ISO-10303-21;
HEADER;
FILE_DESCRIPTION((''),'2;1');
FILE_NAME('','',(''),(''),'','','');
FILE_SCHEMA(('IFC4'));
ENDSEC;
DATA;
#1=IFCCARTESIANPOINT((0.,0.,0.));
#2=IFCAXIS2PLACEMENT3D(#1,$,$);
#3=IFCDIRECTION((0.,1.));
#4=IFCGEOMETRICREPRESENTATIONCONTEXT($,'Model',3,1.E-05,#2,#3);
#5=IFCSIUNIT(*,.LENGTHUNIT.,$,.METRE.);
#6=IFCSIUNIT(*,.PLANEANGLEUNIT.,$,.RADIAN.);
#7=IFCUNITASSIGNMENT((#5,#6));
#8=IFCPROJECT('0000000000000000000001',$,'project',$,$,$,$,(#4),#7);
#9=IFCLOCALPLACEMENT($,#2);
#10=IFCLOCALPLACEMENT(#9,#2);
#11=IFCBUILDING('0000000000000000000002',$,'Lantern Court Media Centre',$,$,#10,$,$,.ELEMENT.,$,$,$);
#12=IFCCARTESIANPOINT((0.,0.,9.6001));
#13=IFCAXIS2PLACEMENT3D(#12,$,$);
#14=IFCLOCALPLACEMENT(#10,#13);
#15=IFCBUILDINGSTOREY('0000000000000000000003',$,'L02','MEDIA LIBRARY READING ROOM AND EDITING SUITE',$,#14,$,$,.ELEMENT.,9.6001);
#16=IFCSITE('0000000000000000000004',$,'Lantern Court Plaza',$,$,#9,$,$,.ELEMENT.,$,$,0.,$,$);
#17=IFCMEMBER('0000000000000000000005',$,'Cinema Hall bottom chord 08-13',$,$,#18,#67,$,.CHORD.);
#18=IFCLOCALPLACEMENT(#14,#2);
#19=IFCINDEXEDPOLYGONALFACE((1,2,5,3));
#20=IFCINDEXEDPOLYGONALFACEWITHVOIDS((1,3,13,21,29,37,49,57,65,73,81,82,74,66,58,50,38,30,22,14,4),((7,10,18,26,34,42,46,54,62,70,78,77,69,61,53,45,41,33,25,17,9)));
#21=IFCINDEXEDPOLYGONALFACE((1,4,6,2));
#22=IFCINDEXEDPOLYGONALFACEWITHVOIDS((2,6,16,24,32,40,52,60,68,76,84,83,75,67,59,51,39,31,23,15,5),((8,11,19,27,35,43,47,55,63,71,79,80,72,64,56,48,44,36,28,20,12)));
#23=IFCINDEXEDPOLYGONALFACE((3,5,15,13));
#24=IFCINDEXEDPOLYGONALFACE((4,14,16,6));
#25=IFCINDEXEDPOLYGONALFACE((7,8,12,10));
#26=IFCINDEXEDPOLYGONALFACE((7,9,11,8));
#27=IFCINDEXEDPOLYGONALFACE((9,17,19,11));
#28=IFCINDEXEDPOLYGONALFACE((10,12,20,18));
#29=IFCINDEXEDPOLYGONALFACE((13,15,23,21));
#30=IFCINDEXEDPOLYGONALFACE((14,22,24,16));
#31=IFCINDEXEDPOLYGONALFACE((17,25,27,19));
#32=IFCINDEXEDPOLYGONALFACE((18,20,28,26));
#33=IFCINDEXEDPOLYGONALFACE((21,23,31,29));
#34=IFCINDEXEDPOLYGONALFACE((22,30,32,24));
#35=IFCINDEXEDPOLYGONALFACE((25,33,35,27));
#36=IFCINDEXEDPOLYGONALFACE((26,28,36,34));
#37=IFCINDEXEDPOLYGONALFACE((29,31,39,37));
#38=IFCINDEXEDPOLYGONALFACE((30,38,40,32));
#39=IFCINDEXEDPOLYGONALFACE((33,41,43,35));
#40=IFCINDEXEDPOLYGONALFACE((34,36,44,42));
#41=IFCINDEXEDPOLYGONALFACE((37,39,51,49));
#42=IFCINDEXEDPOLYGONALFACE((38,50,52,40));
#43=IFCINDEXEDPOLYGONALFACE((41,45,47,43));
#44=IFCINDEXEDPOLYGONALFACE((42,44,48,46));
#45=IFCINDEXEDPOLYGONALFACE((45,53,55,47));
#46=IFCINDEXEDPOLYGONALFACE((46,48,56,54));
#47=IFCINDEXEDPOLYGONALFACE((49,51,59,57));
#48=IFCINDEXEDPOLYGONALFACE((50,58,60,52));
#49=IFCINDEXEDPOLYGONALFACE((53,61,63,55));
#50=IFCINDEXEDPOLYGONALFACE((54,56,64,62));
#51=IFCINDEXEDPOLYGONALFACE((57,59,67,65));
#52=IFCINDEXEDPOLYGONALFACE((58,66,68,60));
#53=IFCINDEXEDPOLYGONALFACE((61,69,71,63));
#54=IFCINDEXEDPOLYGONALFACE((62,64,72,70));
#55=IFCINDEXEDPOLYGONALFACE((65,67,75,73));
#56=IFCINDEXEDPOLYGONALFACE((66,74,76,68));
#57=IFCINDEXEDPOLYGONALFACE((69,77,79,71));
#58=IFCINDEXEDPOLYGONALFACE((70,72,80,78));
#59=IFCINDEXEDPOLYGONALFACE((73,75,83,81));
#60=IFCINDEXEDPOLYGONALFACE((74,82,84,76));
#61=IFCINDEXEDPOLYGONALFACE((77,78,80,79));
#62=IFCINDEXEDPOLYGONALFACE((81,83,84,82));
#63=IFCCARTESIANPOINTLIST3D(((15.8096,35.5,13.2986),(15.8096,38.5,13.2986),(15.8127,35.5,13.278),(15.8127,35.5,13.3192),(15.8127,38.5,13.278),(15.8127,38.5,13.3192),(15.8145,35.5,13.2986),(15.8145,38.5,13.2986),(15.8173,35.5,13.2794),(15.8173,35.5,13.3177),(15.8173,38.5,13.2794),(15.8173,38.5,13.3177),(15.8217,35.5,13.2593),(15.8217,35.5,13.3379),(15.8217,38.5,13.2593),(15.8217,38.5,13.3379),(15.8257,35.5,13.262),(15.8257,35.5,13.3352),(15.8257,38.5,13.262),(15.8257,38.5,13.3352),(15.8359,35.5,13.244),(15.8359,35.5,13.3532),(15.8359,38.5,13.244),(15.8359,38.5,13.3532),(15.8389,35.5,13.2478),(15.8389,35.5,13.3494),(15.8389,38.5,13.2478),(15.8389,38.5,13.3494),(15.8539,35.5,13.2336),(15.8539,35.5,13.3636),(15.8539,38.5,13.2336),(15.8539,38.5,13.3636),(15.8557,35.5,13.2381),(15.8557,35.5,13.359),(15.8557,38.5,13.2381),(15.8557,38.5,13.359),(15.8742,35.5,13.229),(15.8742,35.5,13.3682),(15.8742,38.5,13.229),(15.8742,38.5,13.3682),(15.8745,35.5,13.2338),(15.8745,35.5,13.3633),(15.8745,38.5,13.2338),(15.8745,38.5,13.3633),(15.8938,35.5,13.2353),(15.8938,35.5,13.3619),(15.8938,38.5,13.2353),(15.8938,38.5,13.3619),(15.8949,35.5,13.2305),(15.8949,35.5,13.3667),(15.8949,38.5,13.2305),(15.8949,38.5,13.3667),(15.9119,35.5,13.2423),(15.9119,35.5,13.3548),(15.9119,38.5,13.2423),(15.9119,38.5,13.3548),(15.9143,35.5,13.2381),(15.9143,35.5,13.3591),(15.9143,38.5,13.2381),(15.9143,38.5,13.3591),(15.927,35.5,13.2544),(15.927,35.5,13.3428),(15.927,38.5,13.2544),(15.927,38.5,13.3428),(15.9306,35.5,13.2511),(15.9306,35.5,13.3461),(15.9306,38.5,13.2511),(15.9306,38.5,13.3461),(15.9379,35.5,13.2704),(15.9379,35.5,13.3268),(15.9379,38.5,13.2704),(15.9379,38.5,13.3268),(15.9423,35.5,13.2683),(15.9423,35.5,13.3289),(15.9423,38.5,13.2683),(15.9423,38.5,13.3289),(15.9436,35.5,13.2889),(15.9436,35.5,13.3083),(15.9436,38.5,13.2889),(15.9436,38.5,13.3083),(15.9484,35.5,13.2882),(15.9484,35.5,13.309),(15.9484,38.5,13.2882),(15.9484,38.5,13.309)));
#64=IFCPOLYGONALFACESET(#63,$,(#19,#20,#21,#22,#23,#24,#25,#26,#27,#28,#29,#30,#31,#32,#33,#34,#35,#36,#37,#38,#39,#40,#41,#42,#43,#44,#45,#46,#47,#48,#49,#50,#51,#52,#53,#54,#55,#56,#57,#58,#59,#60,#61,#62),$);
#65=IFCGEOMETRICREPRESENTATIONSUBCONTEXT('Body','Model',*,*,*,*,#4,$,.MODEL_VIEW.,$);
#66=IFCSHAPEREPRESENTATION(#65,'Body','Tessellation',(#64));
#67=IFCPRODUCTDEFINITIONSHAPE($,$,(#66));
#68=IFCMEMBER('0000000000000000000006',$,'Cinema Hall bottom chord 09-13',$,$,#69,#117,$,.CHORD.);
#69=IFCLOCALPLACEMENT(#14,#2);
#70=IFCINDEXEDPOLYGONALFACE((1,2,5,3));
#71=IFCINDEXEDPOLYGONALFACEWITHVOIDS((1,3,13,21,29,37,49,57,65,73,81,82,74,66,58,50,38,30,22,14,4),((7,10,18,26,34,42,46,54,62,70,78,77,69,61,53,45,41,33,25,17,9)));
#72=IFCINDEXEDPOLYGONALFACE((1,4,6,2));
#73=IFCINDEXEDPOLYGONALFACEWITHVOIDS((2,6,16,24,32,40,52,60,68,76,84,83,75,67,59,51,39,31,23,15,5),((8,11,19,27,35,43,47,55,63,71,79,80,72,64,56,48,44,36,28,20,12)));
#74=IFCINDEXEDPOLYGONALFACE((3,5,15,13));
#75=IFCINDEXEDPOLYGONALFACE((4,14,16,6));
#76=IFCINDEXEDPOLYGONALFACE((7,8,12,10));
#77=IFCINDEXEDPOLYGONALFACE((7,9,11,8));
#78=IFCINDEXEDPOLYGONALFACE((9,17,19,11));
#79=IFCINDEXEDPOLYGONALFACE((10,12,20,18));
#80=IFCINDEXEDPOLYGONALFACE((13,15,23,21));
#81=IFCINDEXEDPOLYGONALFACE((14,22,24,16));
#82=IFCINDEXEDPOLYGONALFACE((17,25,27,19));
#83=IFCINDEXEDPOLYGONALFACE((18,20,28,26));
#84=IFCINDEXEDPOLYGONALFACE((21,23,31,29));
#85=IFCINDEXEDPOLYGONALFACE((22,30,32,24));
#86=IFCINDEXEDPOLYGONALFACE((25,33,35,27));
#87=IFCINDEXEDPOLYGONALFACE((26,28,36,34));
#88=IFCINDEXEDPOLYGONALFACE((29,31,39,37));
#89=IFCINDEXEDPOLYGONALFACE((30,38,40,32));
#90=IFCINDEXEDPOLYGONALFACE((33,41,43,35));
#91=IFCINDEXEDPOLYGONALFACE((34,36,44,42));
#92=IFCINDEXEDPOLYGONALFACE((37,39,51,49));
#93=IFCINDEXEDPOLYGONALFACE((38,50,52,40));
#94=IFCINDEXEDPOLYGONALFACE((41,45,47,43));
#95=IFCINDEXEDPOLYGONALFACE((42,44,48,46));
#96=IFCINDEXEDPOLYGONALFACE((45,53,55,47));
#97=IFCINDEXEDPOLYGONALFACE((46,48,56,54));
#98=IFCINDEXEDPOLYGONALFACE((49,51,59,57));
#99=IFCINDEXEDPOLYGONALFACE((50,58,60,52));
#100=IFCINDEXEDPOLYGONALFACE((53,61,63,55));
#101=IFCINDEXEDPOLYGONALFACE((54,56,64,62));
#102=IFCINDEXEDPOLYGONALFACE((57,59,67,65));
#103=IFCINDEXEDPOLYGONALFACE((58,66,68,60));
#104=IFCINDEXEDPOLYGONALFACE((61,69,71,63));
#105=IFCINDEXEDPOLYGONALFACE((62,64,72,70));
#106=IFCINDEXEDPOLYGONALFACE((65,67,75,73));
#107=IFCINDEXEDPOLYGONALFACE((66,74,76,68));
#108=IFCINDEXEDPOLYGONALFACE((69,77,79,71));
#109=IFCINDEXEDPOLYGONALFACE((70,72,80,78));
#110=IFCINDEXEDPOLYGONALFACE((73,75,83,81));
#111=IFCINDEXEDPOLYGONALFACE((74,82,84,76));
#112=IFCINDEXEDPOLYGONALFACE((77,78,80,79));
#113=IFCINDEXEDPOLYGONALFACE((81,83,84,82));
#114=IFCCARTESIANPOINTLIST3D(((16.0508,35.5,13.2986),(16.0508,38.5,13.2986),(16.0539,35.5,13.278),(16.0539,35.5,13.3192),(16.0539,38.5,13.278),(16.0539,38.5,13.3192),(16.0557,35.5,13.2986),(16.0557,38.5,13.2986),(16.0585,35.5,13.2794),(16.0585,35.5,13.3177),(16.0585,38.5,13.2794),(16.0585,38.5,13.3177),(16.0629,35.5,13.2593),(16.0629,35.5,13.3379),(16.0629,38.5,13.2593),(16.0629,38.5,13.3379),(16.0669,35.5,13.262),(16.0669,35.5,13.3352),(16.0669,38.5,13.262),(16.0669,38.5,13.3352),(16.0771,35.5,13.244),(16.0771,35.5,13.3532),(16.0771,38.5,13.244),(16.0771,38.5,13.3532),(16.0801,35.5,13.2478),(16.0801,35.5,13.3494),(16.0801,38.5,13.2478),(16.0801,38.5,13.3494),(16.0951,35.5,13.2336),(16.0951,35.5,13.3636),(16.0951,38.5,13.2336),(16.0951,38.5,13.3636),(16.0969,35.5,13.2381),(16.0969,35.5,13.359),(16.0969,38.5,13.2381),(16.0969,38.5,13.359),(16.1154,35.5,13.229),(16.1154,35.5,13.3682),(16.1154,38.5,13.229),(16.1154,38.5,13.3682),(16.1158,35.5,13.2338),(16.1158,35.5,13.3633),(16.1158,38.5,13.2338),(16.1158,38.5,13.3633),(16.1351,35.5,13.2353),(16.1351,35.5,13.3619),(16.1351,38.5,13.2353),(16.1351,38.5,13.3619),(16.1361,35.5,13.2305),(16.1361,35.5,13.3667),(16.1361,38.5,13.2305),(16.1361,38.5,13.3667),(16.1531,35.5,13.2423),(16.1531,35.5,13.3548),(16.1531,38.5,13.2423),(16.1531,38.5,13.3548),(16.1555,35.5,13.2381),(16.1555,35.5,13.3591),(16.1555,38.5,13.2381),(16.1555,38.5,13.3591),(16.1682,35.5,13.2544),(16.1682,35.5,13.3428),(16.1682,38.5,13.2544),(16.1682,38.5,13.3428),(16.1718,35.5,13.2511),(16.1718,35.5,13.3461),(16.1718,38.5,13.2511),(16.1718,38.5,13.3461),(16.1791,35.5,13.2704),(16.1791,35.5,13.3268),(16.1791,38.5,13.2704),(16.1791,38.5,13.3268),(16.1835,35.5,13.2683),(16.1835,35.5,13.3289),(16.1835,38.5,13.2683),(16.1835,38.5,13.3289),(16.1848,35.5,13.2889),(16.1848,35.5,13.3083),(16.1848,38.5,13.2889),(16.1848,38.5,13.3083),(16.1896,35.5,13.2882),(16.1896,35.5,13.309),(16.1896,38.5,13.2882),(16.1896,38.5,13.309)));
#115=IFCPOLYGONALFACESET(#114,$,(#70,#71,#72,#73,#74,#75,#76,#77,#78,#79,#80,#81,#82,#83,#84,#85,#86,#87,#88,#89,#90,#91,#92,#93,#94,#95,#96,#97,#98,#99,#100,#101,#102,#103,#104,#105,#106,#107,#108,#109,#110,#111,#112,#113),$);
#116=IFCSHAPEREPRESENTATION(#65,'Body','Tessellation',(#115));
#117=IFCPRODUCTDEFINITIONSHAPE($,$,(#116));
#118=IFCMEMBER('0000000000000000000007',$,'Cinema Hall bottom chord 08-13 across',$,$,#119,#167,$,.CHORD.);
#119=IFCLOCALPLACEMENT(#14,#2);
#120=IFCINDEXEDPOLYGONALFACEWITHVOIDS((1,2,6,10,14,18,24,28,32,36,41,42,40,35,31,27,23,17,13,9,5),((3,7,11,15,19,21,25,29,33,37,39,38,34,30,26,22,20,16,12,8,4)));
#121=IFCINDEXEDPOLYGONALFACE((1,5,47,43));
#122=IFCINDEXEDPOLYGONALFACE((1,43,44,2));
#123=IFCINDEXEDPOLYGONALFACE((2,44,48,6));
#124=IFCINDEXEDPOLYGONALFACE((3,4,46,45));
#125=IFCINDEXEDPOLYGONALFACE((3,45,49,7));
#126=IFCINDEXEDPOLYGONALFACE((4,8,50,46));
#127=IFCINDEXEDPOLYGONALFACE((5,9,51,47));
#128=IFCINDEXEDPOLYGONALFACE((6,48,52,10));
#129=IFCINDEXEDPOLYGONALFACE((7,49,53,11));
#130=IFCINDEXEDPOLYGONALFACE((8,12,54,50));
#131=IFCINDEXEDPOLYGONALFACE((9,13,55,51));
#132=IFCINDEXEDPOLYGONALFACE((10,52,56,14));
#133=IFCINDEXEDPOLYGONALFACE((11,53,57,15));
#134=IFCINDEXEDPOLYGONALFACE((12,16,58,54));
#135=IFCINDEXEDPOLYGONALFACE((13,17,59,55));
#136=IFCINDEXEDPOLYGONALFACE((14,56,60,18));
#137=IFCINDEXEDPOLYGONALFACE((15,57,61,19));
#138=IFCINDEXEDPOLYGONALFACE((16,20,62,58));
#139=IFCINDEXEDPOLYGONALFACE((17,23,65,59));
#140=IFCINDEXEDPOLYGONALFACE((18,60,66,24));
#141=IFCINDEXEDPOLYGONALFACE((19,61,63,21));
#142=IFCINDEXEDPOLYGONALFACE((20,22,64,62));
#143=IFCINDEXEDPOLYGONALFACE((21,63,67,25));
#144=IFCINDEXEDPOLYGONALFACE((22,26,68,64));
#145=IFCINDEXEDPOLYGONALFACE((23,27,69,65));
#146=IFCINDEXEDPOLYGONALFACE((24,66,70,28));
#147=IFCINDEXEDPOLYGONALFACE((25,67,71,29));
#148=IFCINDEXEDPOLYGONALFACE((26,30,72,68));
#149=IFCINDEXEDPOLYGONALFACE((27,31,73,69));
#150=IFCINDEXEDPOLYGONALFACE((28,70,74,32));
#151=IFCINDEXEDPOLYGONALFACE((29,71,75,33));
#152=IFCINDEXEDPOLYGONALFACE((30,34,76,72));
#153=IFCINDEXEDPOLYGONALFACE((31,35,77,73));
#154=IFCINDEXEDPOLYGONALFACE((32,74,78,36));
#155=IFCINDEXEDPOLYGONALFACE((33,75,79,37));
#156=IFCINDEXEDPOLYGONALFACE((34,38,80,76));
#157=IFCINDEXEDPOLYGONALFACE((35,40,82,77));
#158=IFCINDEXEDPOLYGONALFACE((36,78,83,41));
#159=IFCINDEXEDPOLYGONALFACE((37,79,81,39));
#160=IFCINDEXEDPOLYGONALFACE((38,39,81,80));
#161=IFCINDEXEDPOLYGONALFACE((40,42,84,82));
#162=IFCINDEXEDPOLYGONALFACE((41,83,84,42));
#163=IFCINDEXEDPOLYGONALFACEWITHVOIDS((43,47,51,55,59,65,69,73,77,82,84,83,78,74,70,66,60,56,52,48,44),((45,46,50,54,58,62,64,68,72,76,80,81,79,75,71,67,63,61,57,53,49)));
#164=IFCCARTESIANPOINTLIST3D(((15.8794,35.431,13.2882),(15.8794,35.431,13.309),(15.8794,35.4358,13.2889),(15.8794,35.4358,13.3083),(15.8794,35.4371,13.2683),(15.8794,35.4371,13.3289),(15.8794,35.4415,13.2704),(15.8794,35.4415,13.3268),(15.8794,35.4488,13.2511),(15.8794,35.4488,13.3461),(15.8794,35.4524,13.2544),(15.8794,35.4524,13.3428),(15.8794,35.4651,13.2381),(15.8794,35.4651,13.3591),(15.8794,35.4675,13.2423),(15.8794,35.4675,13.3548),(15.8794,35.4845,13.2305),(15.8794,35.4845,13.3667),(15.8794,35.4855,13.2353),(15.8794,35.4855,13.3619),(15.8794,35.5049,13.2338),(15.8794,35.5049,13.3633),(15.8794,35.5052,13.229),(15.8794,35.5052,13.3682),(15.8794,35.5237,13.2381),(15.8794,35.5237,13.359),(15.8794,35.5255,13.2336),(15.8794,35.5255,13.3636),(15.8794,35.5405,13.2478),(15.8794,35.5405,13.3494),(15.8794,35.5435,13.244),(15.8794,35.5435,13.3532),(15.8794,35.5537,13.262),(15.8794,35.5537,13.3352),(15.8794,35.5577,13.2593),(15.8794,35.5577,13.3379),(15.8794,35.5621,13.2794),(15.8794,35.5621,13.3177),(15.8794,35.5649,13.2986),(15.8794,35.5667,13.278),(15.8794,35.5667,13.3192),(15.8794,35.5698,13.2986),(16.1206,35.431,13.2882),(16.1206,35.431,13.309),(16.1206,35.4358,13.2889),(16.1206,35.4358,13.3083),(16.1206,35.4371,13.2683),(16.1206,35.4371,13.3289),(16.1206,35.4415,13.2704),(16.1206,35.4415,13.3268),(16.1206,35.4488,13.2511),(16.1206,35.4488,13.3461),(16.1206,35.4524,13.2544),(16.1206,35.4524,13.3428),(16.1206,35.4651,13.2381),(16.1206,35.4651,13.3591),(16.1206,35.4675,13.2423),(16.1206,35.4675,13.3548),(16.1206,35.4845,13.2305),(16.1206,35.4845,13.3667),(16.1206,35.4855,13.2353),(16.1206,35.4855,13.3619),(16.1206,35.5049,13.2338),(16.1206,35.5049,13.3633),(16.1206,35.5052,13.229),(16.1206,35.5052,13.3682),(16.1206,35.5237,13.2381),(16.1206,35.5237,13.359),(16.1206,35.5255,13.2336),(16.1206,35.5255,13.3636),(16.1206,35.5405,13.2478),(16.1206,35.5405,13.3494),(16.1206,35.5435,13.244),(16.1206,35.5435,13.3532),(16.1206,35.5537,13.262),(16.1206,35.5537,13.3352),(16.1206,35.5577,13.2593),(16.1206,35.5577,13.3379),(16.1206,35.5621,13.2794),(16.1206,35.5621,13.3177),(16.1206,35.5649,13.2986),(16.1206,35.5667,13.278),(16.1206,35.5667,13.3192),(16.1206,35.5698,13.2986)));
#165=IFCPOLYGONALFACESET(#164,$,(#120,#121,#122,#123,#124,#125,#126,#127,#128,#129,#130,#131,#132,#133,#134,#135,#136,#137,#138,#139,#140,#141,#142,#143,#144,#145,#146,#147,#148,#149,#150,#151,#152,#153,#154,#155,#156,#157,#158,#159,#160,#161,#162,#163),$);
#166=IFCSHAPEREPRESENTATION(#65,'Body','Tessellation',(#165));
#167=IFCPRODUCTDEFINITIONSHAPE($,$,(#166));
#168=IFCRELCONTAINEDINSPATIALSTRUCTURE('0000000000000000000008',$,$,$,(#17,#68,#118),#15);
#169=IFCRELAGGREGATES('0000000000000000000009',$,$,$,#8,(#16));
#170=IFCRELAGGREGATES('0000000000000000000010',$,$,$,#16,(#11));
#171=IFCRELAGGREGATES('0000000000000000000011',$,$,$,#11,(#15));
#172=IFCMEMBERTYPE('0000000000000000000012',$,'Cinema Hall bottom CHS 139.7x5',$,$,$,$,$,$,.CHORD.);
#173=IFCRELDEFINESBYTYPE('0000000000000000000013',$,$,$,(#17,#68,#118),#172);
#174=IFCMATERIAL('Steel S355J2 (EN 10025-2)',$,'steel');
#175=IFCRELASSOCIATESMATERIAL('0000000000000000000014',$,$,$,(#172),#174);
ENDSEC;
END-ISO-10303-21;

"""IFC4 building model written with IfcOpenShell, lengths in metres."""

from ifc_helpers import new_model, si_unit, direction, frame, origin, origin_2d, place, context, subcontext, project, spatial, hollow_circle, extrude, material, material_profile, profile_set, type_object, element, save


model = new_model("IFC4")

# Units and contexts
model_context = context("Model", 3, precision=1e-05, world=origin(), true_north=direction((0.0, 1.0)))
body_context = subcontext(model_context, "Body", "Model", "MODEL_VIEW")
ifc_project = project(units=[si_unit("LENGTHUNIT", "METRE"), si_unit("PLANEANGLEUNIT", "RADIAN")], contexts=[model_context])

# Site, building, storey
site_placement = place(None, origin())
site = spatial("IfcSite", under=ifc_project, at=site_placement, Name="Lantern Court Plaza", CompositionType="ELEMENT", RefElevation=0.0)
building_placement = place(site_placement, origin())
building = spatial("IfcBuilding", under=site, at=building_placement, Name="Lantern Court Media Centre", CompositionType="ELEMENT")
storey_placement = place(building_placement, frame((0.0, 0.0, 9.6001)))
storey = spatial("IfcBuildingStorey", under=building, at=storey_placement, Name="L02", Description="MEDIA LIBRARY READING ROOM AND EDITING SUITE", CompositionType="ELEMENT", Elevation=9.6001)

# Members
ifc_material = material(Name="Steel S355J2 (EN 10025-2)", Category="steel")
ifc_material_profile_1 = material_profile(ifc_material, hollow_circle(Radius=0.0698, WallThickness=0.0049, at=origin_2d()), Name="Cinema Hall bottom CHS 139.7x5")
ifc_profile_set_1 = profile_set([ifc_material_profile_1], Name="Steel S355J2 (EN 10025-2)")
member_type_1 = type_object("IfcMemberType", Name="Cinema Hall bottom CHS 139.7x5", PredefinedType="CHORD", material=ifc_profile_set_1)
for number, where, z_axis, x_axis, name in (
    (1, (15.8794, 35.5, 13.2986), (0.0, 1.0, 0.0), (-1.0, 0.0, 0.0), "Cinema Hall bottom chord 08-13"),
    (2, (16.1206, 35.5, 13.2986), (0.0, 1.0, 0.0), (-1.0, 0.0, 0.0), "Cinema Hall bottom chord 09-13"),
):
    element("IfcMember", number, at=place(storey_placement, frame(where, z_axis=z_axis, x_axis=x_axis)), inside=storey, type_object=member_type_1, Name=name, PredefinedType="CHORD", context=body_context, shape_type="SweptSolid", body=[
        extrude(hollow_circle(Radius=0.0698, WallThickness=0.0049, at=origin_2d()), origin(), (0.0, 0.0, 1.0), 3.0),
    ])
member_1_placement = place(storey_placement, frame((15.8794, 35.5, 13.2986), z_axis=(1.0, 0.0, 0.0), x_axis=(0.0, 1.0, 0.0)))
element("IfcMember", 3, at=member_1_placement, inside=storey, type_object=member_type_1, Name="Cinema Hall bottom chord 08-13 across", PredefinedType="CHORD", context=body_context, shape_type="SweptSolid", body=[
    extrude(hollow_circle(Radius=0.0698, WallThickness=0.0049, at=origin_2d()), origin(), (0.0, 0.0, 1.0), 0.2412),
])

save(model, "model.ifc")
